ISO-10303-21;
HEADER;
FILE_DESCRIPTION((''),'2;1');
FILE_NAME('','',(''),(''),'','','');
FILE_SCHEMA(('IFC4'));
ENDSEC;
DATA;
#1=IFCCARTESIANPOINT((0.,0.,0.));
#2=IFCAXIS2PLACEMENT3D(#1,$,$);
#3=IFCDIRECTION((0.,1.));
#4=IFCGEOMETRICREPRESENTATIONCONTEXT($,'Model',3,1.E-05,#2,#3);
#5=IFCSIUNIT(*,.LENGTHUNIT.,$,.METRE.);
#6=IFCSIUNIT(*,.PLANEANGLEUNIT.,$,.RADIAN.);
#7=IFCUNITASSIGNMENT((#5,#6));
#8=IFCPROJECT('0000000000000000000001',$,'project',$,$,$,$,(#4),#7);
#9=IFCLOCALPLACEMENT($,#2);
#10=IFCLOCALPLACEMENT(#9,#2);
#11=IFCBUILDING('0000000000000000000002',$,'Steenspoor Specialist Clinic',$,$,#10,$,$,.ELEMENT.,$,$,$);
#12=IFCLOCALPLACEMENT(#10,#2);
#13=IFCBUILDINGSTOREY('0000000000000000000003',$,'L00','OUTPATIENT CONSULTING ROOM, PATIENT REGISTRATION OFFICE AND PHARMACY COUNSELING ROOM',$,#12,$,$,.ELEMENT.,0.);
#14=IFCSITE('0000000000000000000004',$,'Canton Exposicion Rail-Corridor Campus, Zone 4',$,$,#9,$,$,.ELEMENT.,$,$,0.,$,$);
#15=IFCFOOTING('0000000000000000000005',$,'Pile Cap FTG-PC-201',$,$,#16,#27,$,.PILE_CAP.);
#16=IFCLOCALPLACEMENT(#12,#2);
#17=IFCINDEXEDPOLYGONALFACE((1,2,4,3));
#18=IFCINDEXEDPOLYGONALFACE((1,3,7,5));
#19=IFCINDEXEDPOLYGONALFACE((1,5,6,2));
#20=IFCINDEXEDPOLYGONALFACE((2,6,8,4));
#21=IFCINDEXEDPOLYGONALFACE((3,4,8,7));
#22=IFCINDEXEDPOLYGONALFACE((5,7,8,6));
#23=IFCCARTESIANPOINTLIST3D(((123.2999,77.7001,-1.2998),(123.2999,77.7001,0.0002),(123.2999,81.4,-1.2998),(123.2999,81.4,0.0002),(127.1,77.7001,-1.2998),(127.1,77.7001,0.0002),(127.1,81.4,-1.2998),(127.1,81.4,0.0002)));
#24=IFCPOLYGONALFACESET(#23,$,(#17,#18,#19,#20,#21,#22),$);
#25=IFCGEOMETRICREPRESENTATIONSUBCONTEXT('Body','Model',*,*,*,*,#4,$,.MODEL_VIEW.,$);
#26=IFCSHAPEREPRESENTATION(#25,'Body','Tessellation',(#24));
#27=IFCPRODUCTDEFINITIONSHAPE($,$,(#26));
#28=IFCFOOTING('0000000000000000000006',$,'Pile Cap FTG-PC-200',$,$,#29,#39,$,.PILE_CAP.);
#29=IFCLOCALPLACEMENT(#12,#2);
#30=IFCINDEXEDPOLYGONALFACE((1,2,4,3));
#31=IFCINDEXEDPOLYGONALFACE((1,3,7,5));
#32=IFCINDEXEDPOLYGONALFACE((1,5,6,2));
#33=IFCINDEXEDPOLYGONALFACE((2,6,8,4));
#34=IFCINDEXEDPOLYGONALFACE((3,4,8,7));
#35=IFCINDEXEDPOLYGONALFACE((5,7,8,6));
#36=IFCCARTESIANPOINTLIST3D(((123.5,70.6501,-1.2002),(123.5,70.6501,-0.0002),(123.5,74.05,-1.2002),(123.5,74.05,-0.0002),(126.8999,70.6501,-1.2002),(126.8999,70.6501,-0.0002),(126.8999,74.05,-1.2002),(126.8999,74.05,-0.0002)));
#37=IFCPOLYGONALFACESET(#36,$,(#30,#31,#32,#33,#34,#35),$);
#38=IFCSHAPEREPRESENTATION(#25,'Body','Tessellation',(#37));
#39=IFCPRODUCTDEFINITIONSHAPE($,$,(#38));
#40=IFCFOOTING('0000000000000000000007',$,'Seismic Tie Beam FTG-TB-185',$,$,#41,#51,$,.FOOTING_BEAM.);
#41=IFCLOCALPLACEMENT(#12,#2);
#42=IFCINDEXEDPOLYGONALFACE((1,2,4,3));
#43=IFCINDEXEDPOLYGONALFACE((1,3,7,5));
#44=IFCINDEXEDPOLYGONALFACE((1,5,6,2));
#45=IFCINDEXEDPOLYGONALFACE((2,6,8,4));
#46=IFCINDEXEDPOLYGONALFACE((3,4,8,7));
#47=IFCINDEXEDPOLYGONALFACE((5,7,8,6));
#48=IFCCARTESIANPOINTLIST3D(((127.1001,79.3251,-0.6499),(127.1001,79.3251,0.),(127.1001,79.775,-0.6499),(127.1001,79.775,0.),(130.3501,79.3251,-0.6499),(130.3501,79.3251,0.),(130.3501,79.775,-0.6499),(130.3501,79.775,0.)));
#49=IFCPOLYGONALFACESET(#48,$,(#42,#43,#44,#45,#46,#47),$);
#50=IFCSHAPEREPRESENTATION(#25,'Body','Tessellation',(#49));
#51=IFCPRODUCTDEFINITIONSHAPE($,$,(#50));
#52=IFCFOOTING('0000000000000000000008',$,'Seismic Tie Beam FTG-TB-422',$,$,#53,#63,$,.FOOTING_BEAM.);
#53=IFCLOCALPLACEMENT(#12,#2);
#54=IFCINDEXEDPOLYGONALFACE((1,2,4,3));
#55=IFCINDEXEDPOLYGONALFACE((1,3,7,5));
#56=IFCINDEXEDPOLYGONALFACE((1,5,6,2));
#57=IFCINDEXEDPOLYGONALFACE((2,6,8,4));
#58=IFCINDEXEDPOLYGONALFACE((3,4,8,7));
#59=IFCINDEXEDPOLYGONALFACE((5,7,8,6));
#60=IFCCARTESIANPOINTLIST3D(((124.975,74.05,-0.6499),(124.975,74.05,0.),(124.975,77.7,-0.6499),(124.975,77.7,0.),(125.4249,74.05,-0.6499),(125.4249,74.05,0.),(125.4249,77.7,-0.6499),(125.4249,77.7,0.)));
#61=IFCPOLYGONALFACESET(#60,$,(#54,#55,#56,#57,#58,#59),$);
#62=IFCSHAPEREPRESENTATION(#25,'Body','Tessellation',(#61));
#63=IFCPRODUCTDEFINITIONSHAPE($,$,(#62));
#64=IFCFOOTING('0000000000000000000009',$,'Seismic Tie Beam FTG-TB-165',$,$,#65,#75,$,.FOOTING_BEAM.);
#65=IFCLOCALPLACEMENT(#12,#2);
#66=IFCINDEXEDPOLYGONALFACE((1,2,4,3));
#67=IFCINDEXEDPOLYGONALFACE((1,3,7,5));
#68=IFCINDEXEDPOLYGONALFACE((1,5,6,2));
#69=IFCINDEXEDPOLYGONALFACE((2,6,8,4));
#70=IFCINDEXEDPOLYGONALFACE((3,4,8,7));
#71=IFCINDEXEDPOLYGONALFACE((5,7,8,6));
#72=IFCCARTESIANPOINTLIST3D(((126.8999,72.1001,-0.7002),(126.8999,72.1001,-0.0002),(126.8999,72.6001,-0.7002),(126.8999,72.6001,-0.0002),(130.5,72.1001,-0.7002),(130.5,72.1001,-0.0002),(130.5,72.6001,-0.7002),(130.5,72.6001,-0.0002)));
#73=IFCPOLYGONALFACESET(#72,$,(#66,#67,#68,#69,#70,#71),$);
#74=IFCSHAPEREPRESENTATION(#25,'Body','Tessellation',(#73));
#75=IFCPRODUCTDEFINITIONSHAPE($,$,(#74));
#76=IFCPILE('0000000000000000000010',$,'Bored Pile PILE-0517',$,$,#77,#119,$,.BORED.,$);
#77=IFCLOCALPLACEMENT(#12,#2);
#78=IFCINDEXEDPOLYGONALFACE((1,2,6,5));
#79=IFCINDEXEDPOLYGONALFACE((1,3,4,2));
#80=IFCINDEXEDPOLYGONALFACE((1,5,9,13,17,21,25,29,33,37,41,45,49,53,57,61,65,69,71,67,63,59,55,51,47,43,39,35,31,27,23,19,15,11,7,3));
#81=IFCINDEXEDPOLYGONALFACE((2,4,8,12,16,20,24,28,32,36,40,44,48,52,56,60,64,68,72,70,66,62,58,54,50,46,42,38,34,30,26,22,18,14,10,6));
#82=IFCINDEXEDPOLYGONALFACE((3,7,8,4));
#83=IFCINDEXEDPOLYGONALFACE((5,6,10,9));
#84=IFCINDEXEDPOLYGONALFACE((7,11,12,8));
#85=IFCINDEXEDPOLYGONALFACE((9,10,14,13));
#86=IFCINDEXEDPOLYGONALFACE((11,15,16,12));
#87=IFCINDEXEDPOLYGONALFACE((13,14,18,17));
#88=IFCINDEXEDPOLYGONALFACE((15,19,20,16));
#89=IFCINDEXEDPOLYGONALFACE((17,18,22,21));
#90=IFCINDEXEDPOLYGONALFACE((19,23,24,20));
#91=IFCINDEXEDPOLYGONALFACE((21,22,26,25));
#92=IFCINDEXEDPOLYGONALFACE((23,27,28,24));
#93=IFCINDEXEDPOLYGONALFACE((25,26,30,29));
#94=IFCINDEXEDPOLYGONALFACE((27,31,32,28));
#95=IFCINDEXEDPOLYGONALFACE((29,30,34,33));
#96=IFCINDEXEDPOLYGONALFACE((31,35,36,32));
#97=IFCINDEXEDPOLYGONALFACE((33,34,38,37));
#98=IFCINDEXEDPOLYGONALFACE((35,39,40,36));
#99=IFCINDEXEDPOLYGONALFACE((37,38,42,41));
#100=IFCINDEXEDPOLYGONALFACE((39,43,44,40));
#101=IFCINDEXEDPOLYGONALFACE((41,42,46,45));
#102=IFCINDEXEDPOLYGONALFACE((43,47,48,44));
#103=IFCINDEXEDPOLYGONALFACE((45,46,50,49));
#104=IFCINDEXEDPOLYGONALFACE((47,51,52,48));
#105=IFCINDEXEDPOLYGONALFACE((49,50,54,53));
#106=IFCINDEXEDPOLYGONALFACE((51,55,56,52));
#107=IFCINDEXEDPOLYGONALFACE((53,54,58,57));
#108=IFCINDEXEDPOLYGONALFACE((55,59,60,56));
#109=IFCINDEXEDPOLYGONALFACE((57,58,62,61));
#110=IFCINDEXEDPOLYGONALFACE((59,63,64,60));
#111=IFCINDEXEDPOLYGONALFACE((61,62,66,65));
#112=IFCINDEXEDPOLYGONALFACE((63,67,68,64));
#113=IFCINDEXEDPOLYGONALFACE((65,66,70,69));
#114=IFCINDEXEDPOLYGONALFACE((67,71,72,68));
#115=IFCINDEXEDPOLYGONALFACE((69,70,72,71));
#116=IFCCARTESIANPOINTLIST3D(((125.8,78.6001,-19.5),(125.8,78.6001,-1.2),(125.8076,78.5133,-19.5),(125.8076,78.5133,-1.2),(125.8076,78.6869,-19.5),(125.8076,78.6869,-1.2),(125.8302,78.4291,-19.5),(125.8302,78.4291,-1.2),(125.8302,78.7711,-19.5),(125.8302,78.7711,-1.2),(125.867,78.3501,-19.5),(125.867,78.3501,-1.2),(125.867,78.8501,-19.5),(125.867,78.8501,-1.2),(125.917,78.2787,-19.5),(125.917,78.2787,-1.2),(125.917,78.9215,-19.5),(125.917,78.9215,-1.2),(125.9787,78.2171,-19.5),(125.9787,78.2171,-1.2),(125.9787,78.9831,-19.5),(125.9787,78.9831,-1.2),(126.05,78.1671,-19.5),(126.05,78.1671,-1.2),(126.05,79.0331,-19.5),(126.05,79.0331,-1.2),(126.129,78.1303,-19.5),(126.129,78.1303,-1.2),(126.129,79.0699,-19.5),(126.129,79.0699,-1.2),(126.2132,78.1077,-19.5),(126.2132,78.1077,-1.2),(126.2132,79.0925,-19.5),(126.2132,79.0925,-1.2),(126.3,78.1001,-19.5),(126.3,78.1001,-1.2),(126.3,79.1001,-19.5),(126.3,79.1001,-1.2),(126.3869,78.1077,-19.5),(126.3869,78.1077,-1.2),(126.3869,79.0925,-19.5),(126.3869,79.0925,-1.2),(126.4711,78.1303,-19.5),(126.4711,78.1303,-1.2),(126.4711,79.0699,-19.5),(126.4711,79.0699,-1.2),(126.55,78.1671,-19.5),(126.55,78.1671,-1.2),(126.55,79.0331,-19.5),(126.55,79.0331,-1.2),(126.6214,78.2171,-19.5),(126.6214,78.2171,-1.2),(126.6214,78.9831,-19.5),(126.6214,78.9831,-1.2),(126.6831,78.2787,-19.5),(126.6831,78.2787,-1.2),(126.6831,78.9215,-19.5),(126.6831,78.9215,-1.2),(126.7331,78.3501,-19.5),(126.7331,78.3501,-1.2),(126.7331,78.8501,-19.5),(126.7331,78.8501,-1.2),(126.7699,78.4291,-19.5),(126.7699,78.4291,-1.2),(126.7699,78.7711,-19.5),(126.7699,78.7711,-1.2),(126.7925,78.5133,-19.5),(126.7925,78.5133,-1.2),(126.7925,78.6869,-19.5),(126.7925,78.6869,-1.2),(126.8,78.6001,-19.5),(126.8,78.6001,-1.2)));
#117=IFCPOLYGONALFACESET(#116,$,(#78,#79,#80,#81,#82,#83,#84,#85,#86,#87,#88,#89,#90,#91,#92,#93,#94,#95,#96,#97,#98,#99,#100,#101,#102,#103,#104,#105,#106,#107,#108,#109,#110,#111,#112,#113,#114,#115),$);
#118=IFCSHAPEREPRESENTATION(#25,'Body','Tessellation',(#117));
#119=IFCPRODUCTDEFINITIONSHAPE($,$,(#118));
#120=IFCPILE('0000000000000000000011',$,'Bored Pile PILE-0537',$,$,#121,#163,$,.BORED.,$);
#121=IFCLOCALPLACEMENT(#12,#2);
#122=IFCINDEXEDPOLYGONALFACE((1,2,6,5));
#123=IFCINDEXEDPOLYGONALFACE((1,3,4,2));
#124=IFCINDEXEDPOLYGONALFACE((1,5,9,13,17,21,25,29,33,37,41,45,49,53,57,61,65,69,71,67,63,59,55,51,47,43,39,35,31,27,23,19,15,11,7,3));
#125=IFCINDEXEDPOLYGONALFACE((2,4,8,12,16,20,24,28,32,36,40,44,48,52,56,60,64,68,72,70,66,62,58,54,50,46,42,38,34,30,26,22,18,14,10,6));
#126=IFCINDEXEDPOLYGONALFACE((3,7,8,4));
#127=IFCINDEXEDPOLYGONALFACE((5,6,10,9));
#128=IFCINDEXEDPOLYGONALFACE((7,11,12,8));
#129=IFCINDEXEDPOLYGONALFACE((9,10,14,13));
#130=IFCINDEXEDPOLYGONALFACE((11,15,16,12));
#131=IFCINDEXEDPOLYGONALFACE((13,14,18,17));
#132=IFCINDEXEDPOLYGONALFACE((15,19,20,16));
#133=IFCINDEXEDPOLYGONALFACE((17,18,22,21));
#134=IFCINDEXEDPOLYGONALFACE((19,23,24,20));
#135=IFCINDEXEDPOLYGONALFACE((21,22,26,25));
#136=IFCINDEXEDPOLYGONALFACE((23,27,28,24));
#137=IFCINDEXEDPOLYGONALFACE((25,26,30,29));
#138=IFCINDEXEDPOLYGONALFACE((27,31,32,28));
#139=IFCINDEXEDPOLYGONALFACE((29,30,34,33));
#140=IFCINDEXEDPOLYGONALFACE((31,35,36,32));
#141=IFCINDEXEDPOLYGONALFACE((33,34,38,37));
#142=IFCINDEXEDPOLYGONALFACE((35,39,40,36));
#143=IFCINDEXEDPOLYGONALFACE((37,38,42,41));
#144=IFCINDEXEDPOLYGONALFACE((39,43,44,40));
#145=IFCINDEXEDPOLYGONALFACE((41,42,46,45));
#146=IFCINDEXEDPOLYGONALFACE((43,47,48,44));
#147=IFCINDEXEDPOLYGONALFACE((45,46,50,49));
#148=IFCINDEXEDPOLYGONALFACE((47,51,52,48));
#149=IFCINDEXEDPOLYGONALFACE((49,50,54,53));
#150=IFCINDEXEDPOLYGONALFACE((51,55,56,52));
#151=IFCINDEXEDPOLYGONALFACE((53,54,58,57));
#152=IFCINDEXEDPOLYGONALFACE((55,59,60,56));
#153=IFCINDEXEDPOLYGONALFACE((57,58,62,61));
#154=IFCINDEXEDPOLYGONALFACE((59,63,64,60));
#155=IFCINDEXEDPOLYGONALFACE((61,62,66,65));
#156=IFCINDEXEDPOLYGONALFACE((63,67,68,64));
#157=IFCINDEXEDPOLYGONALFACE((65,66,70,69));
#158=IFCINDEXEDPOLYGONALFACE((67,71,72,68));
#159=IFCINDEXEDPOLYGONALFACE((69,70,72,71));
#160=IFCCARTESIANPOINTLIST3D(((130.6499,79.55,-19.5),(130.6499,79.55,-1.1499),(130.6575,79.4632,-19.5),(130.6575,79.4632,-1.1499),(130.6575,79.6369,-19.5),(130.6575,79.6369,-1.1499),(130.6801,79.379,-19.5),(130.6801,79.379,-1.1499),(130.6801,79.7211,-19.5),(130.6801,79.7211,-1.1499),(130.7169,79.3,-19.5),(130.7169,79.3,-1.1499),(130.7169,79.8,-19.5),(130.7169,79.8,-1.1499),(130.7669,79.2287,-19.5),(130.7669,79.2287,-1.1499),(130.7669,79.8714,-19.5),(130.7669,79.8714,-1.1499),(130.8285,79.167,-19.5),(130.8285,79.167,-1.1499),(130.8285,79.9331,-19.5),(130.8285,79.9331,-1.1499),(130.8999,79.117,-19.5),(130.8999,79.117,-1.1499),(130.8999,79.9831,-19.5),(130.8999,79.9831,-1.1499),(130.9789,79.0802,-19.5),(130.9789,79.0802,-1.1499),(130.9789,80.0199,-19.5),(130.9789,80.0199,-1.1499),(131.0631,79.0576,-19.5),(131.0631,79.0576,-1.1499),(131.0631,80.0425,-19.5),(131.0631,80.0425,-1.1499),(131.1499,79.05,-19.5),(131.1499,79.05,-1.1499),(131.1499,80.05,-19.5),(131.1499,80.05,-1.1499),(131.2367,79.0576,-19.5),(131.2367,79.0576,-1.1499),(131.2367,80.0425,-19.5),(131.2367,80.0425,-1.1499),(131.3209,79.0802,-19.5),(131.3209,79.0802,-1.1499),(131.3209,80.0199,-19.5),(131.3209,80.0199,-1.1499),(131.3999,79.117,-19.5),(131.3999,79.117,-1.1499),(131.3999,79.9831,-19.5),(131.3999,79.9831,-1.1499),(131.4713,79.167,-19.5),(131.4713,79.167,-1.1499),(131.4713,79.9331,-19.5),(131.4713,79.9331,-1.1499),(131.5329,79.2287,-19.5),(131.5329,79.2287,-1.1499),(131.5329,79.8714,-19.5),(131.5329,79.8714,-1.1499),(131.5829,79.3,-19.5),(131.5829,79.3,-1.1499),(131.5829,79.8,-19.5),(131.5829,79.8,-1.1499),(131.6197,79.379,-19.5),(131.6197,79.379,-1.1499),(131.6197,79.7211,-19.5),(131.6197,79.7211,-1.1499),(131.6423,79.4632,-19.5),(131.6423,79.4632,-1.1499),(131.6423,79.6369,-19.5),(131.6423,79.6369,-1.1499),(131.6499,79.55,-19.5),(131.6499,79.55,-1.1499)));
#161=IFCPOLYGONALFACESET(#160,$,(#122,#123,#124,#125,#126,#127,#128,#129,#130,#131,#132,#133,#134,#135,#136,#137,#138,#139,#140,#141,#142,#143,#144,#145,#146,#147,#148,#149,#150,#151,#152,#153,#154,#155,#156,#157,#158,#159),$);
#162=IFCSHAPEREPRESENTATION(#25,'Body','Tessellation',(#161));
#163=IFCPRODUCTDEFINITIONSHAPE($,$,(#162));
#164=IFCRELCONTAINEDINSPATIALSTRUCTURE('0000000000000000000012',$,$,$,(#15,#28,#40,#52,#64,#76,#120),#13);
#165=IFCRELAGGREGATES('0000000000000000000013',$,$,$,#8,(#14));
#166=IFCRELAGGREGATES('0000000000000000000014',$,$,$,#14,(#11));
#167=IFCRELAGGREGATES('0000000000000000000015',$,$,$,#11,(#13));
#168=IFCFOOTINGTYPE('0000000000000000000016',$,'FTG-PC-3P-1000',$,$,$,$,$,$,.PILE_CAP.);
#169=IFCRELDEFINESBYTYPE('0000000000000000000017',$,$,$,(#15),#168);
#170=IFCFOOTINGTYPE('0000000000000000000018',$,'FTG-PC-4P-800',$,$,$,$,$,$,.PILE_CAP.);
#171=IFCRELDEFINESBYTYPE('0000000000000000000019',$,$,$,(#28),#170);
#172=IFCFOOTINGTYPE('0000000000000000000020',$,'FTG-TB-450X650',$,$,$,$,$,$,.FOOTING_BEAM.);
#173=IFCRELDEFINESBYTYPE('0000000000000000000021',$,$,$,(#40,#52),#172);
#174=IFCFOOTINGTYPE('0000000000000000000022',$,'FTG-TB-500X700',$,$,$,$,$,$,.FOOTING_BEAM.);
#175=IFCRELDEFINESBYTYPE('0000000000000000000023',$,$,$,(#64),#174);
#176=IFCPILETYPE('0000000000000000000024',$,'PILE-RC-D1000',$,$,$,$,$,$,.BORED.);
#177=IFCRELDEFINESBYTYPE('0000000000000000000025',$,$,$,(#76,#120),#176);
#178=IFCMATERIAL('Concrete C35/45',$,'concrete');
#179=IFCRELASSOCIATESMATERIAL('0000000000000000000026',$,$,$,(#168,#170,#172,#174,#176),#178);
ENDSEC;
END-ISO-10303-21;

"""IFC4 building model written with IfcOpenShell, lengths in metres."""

from ifc_helpers import new_model, si_unit, direction, frame, origin, origin_2d, place, context, subcontext, project, spatial, rectangle, circle, extrude, material, material_profile, profile_set, type_object, element, save


model = new_model("IFC4")

# Units and contexts
model_context = context("Model", 3, precision=1e-05, world=origin(), true_north=direction((0.0, 1.0)))
body_context = subcontext(model_context, "Body", "Model", "MODEL_VIEW")
ifc_project = project(units=[si_unit("LENGTHUNIT", "METRE"), si_unit("PLANEANGLEUNIT", "RADIAN")], contexts=[model_context])

# Site, building, storey
site_placement = place(None, origin())
site = spatial("IfcSite", under=ifc_project, at=site_placement, Name="Canton Exposicion Rail-Corridor Campus, Zone 4", CompositionType="ELEMENT", RefElevation=0.0)
building_placement = place(site_placement, origin())
building = spatial("IfcBuilding", under=site, at=building_placement, Name="Steenspoor Specialist Clinic", CompositionType="ELEMENT")
storey_placement = place(building_placement, origin())
storey = spatial("IfcBuildingStorey", under=building, at=storey_placement, Name="L00", Description="OUTPATIENT CONSULTING ROOM, PATIENT REGISTRATION OFFICE AND PHARMACY COUNSELING ROOM", CompositionType="ELEMENT", Elevation=0.0)

# Footings
ifc_material_1 = material(Name="Concrete C35/45", Category="concrete")
footing_type_1 = type_object("IfcFootingType", Name="FTG-PC-3P-1000", PredefinedType="PILE_CAP", material=ifc_material_1)
footing_1_placement = place(storey_placement, frame((125.2, 79.55, -1.2998), z_axis=(0.0, 0.0, 1.0), x_axis=(1.0, 0.0, 0.0)))
element("IfcFooting", 1, at=footing_1_placement, inside=storey, type_object=footing_type_1, Name="Pile Cap FTG-PC-201", PredefinedType="PILE_CAP", context=body_context, shape_type="SweptSolid", body=[
    extrude(rectangle(XDim=3.8, YDim=3.7, at=origin_2d()), origin(), (0.0, 0.0, 1.0), 1.3),
])
footing_type_2 = type_object("IfcFootingType", Name="FTG-PC-4P-800", PredefinedType="PILE_CAP", material=ifc_material_1)
footing_2_placement = place(storey_placement, frame((125.2, 72.3501, -1.2002), z_axis=(0.0, 0.0, 1.0), x_axis=(1.0, 0.0, 0.0)))
element("IfcFooting", 2, at=footing_2_placement, inside=storey, type_object=footing_type_2, Name="Pile Cap FTG-PC-200", PredefinedType="PILE_CAP", context=body_context, shape_type="SweptSolid", body=[
    extrude(rectangle(XDim=3.3999, YDim=3.3999, at=origin_2d()), origin(), (0.0, 0.0, 1.0), 1.2),
])
footing_type_3 = type_object("IfcFootingType", Name="FTG-TB-450X650", PredefinedType="FOOTING_BEAM", material=ifc_material_1)
footing_3_placement = place(storey_placement, frame((128.7251, 79.55, -0.6499), z_axis=(0.0, 0.0, 1.0), x_axis=(1.0, 0.0, 0.0)))
element("IfcFooting", 3, at=footing_3_placement, inside=storey, type_object=footing_type_3, Name="Seismic Tie Beam FTG-TB-185", PredefinedType="FOOTING_BEAM", context=body_context, shape_type="SweptSolid", body=[
    extrude(rectangle(XDim=3.25, YDim=0.45, at=origin_2d()), origin(), (0.0, 0.0, 1.0), 0.6499),
])
footing_4_placement = place(storey_placement, frame((125.2, 75.875, -0.6499), z_axis=(0.0, 0.0, 1.0), x_axis=(1.0, 0.0, 0.0)))
element("IfcFooting", 4, at=footing_4_placement, inside=storey, type_object=footing_type_3, Name="Seismic Tie Beam FTG-TB-422", PredefinedType="FOOTING_BEAM", context=body_context, shape_type="SweptSolid", body=[
    extrude(rectangle(XDim=0.45, YDim=3.6499, at=origin_2d()), origin(), (0.0, 0.0, 1.0), 0.6499),
])
footing_type_4 = type_object("IfcFootingType", Name="FTG-TB-500X700", PredefinedType="FOOTING_BEAM", material=ifc_material_1)
footing_5_placement = place(storey_placement, frame((128.7, 72.3501, -0.7002), z_axis=(0.0, 0.0, 1.0), x_axis=(1.0, 0.0, 0.0)))
element("IfcFooting", 5, at=footing_5_placement, inside=storey, type_object=footing_type_4, Name="Seismic Tie Beam FTG-TB-165", PredefinedType="FOOTING_BEAM", context=body_context, shape_type="SweptSolid", body=[
    extrude(rectangle(XDim=3.6001, YDim=0.5, at=origin_2d()), origin(), (0.0, 0.0, 1.0), 0.7),
])

# Piles
ifc_material_profile_1 = material_profile(ifc_material_1, circle(Radius=0.5, at=origin_2d()), Name="PILE-D1000")
ifc_profile_set_1 = profile_set([ifc_material_profile_1], Name="Concrete C35/45")
pile_type_1 = type_object("IfcPileType", Name="PILE-RC-D1000", PredefinedType="BORED", material=ifc_profile_set_1)
pile_1_placement = place(storey_placement, frame((126.3, 78.6001, -1.2), z_axis=(0.0, 0.0, -1.0), x_axis=(1.0, 0.0, 0.0)))
element("IfcPile", 6, at=pile_1_placement, inside=storey, type_object=pile_type_1, Name="Bored Pile PILE-0517", PredefinedType="BORED", context=body_context, shape_type="SweptSolid", body=[
    extrude(circle(Radius=0.5, at=origin_2d()), origin(), (0.0, 0.0, 1.0), 18.3),
])
pile_2_placement = place(storey_placement, frame((131.1499, 79.55, -1.1499), z_axis=(0.0, 0.0, -1.0), x_axis=(1.0, 0.0, 0.0)))
element("IfcPile", 7, at=pile_2_placement, inside=storey, type_object=pile_type_1, Name="Bored Pile PILE-0537", PredefinedType="BORED", context=body_context, shape_type="SweptSolid", body=[
    extrude(circle(Radius=0.5, at=origin_2d()), origin(), (0.0, 0.0, 1.0), 18.3501),
])

save(model, "model.ifc")
